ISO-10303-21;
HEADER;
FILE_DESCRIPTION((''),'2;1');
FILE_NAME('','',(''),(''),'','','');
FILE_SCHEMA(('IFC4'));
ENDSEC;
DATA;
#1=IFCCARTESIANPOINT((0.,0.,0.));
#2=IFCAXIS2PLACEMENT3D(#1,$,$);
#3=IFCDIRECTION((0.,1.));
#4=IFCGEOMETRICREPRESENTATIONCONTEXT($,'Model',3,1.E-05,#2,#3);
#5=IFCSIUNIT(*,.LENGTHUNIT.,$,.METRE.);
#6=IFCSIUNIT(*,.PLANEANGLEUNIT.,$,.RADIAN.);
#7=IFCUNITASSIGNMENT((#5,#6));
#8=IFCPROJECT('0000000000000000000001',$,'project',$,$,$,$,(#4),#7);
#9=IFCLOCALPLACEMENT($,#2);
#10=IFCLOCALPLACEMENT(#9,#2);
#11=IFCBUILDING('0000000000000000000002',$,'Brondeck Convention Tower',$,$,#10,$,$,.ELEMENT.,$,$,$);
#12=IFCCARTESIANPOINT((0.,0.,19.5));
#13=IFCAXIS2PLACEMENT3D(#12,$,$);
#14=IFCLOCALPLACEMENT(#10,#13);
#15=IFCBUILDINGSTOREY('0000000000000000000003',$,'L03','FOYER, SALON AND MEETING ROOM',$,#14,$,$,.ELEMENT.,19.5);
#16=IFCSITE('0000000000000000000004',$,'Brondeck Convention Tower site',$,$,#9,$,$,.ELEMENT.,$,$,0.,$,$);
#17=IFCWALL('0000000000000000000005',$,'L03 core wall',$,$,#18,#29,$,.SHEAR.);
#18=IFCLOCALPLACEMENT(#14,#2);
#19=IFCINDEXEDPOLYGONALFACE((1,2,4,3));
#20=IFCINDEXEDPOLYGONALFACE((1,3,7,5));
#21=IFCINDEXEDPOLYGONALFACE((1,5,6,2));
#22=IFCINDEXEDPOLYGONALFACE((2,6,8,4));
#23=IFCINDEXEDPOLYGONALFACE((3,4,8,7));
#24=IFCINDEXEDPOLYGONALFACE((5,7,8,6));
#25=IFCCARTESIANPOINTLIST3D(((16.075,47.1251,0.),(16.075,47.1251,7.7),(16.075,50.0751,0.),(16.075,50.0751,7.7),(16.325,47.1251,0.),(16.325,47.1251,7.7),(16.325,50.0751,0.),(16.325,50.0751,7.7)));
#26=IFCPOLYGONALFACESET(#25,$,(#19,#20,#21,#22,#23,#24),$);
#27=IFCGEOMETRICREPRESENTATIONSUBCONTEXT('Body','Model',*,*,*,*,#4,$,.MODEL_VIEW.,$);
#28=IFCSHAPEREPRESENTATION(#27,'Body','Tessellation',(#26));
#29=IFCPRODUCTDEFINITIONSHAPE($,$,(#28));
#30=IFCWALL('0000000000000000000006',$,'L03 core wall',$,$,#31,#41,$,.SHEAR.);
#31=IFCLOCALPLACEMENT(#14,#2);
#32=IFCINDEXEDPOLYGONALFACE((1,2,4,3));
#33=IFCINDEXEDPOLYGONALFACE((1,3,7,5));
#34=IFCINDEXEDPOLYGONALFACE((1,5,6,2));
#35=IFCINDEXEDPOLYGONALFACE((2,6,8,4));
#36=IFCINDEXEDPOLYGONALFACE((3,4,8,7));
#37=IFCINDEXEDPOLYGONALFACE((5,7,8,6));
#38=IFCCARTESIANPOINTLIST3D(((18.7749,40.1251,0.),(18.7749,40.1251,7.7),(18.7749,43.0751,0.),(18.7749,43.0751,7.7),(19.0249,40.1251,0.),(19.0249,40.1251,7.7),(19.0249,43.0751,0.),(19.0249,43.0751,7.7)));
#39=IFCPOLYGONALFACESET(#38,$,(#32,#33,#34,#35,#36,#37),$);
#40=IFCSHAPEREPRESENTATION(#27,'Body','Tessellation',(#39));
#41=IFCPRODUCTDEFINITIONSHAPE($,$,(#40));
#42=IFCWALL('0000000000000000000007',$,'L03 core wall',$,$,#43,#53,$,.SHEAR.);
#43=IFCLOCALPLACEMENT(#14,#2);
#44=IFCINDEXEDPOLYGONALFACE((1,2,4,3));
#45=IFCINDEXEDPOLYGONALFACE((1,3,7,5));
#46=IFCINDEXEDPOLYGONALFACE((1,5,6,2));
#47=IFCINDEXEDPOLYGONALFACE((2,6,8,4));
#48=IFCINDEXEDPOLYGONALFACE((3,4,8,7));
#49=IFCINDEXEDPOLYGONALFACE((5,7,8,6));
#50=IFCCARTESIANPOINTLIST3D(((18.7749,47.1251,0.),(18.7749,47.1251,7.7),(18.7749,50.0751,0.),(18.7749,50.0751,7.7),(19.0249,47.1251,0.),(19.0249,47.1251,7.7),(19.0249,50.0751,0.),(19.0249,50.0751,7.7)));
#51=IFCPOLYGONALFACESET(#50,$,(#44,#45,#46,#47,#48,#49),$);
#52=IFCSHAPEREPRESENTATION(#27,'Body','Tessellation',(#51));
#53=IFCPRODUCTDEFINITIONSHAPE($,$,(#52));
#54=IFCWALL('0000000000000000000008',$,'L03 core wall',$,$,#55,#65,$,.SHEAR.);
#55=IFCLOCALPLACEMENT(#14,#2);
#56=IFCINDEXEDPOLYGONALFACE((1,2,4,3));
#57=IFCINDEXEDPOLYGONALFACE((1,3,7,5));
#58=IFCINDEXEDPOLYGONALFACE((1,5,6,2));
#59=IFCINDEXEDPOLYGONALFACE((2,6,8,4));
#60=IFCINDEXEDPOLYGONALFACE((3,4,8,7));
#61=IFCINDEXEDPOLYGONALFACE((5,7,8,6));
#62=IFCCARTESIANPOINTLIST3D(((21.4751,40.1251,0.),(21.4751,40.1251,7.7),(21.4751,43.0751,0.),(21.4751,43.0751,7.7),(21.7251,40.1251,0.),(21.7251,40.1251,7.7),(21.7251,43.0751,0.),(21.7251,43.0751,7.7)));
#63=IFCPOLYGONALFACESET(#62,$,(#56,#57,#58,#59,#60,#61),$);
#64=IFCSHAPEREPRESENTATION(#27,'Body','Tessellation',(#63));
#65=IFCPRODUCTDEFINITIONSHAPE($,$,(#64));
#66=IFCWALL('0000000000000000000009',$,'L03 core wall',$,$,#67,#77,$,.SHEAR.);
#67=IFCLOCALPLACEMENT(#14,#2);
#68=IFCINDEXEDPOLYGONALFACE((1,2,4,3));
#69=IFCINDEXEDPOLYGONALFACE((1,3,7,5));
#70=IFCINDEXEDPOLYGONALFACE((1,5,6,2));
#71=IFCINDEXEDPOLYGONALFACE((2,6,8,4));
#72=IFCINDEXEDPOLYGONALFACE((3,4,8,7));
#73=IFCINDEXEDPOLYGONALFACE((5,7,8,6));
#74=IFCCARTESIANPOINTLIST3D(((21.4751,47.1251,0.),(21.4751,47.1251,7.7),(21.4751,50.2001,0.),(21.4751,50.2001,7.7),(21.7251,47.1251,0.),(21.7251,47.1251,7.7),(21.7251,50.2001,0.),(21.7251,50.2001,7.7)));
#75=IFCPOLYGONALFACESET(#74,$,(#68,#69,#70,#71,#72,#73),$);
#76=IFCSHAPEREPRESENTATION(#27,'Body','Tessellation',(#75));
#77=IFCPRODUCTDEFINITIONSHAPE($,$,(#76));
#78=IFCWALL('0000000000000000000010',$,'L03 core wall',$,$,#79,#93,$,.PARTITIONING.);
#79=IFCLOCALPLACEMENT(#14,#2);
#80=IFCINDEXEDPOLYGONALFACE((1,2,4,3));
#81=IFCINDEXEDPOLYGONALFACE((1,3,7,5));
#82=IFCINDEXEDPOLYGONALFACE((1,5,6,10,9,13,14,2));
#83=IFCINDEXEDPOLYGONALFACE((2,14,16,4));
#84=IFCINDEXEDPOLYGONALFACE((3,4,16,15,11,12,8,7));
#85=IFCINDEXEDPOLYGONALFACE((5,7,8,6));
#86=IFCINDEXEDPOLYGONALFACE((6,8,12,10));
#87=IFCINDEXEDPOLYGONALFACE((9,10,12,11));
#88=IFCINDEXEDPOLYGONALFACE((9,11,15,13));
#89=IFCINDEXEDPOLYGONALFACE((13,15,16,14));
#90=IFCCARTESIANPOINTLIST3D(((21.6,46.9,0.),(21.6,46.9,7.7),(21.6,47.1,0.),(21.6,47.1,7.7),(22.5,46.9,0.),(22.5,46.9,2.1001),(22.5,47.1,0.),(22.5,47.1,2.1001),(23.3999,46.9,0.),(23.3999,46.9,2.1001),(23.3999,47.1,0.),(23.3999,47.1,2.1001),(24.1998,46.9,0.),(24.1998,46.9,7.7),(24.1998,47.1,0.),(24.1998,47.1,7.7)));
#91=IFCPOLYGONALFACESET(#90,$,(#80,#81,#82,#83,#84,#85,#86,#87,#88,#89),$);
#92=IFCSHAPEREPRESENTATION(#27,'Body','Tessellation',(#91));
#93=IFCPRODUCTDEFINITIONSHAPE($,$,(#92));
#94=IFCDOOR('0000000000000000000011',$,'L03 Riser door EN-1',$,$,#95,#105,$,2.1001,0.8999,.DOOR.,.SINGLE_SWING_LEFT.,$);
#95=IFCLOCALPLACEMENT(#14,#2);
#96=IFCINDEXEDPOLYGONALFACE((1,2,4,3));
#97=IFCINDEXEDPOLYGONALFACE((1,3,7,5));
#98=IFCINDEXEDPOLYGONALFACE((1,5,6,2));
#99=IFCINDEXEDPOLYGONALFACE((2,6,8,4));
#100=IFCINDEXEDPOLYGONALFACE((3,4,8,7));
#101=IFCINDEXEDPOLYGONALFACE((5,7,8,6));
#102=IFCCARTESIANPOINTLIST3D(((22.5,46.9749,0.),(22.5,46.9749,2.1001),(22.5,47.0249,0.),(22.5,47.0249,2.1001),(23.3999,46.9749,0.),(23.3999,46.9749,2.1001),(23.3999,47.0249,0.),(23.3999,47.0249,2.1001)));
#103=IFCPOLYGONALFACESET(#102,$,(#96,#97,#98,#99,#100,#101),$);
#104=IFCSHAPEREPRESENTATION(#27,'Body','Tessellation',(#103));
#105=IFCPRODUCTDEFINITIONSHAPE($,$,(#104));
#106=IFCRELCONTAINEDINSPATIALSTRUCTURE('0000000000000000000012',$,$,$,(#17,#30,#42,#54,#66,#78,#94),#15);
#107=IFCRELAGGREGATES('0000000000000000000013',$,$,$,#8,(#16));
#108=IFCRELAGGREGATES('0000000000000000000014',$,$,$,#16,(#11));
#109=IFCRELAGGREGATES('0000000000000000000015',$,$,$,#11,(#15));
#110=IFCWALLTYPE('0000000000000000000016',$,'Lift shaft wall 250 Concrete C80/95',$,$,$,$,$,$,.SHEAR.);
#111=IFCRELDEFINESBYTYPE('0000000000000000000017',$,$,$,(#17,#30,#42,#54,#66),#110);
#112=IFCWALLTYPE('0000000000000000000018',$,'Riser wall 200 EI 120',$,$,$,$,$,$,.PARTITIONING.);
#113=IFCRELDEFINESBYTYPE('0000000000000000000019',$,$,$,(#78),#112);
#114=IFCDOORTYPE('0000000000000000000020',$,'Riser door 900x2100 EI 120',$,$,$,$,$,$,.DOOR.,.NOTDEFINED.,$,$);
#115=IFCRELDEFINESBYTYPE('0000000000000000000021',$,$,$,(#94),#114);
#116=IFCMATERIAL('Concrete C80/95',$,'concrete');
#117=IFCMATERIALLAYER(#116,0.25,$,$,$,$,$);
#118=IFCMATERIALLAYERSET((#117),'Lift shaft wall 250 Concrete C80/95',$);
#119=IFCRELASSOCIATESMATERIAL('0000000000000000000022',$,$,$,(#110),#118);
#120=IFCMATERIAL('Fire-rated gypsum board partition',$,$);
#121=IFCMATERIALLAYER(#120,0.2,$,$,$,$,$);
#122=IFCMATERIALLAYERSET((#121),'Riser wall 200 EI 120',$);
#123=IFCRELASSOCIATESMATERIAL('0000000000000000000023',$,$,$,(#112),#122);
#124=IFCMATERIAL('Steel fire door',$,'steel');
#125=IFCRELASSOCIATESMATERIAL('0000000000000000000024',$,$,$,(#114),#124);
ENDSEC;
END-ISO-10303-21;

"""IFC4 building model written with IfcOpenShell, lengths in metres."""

from ifc_helpers import new_model, si_unit, direction, frame, frame_2d, origin, place, context, subcontext, project, spatial, rectangle, extrude, material, layer, layer_set, type_object, element, fill, save


model = new_model("IFC4")

# Units and contexts
model_context = context("Model", 3, precision=1e-05, world=origin(), true_north=direction((0.0, 1.0)))
body_context = subcontext(model_context, "Body", "Model", "MODEL_VIEW")
ifc_project = project(units=[si_unit("LENGTHUNIT", "METRE"), si_unit("PLANEANGLEUNIT", "RADIAN")], contexts=[model_context])

# Site, building, storey
site_placement = place(None, origin())
site = spatial("IfcSite", under=ifc_project, at=site_placement, Name="Brondeck Convention Tower site", CompositionType="ELEMENT", RefElevation=0.0)
building_placement = place(site_placement, origin())
building = spatial("IfcBuilding", under=site, at=building_placement, Name="Brondeck Convention Tower", CompositionType="ELEMENT")
storey_placement = place(building_placement, frame((0.0, 0.0, 19.5)))
storey = spatial("IfcBuildingStorey", under=building, at=storey_placement, Name="L03", Description="FOYER, SALON AND MEETING ROOM", CompositionType="ELEMENT", Elevation=19.5)

# Shared definitions
ifc_material_1 = material(Name="Concrete C80/95", Category="concrete")
ifc_layer_1 = layer(ifc_material_1, 0.25)
ifc_layer_set_1 = layer_set([ifc_layer_1], Name="Lift shaft wall 250 Concrete C80/95")
wall_type_1 = type_object("IfcWallType", Name="Lift shaft wall 250 Concrete C80/95", PredefinedType="SHEAR", material=ifc_layer_set_1)

# Walls
for number, where, z_axis, x_axis, name in (
    (1, (16.2, 47.125, 0.0), (0.0, 0.0, 1.0), (0.0, 1.0, 0.0), "L03 core wall"),
    (2, (18.8999, 40.125, 0.0), (0.0, 0.0, 1.0), (0.0, 1.0, 0.0), "L03 core wall"),
    (3, (18.8999, 47.125, 0.0), (0.0, 0.0, 1.0), (0.0, 1.0, 0.0), "L03 core wall"),
    (4, (21.6001, 40.125, 0.0), (0.0, 0.0, 1.0), (0.0, 1.0, 0.0), "L03 core wall"),
):
    element("IfcWall", number, at=place(storey_placement, frame(where, z_axis=z_axis, x_axis=x_axis)), inside=storey, type_object=wall_type_1, Name=name, PredefinedType="SHEAR", context=body_context, shape_type="SweptSolid", body=[
        extrude(rectangle(XDim=2.95, YDim=0.25, at=frame_2d((1.4751, 0.0))), origin(), (0.0, 0.0, 1.0), 7.7),
    ])
wall_1_placement = place(storey_placement, frame((21.6001, 47.125, 0.0), z_axis=(0.0, 0.0, 1.0), x_axis=(0.0, 1.0, 0.0)))
element("IfcWall", 5, at=wall_1_placement, inside=storey, type_object=wall_type_1, Name="L03 core wall", PredefinedType="SHEAR", context=body_context, shape_type="SweptSolid", body=[
    extrude(rectangle(XDim=3.075, YDim=0.25, at=frame_2d((1.5376, 0.0))), origin(), (0.0, 0.0, 1.0), 7.7),
])

# Wall, opening, door
ifc_material_2 = material(Name="Fire-rated gypsum board partition")
ifc_layer_2 = layer(ifc_material_2, 0.2)
ifc_layer_set_2 = layer_set([ifc_layer_2], Name="Riser wall 200 EI 120")
wall_type_2 = type_object("IfcWallType", Name="Riser wall 200 EI 120", PredefinedType="PARTITIONING", material=ifc_layer_set_2)
wall_2_placement = place(storey_placement, frame((21.6001, 47.0, 0.0), z_axis=(0.0, 0.0, 1.0), x_axis=(1.0, 0.0, 0.0)))
wall_2 = element("IfcWall", 6, at=wall_2_placement, inside=storey, type_object=wall_type_2, Name="L03 core wall", PredefinedType="PARTITIONING", context=body_context, shape_type="SweptSolid", body=[
    extrude(rectangle(XDim=2.5999, YDim=0.2, at=frame_2d((1.2998, 0.0))), origin(), (0.0, 0.0, 1.0), 7.7),
])
opening_1_placement = place(wall_2_placement, frame((0.8999, 0.0, 0.0)))
opening_1 = element("IfcOpeningElement", 7, at=opening_1_placement, cuts=wall_2, PredefinedType="OPENING", context=body_context, shape_type="SweptSolid", body=[
    extrude(rectangle(XDim=0.8999, YDim=2.1001, at=frame_2d((0.45, 1.05))), frame((0.0, 0.1099, 0.0), z_axis=(0.0, -1.0, 0.0), x_axis=(1.0, 0.0, 0.0)), (0.0, 0.0, 1.0), 0.22),
])
ifc_material_3 = material(Name="Steel fire door", Category="steel")
door_type_1 = type_object("IfcDoorType", Name="Riser door 900x2100 EI 120", OperationType="NOTDEFINED", PredefinedType="DOOR", material=ifc_material_3)
door_1_placement = place(opening_1_placement, origin())
door_1 = element("IfcDoor", 8, at=door_1_placement, inside=storey, type_object=door_type_1, Name="L03 Riser door EN-1", OperationType="SINGLE_SWING_LEFT", OverallHeight=2.1001, OverallWidth=0.8999, PredefinedType="DOOR", context=body_context, shape_type="SweptSolid", body=[
    extrude(rectangle(XDim=0.8999, YDim=2.1001, at=frame_2d((0.45, 1.05))), frame((0.0, 0.0249, 0.0), z_axis=(0.0, -1.0, 0.0), x_axis=(1.0, 0.0, 0.0)), (0.0, 0.0, 1.0), 0.05),
])
fill(opening_1, door_1)

save(model, "model.ifc")
